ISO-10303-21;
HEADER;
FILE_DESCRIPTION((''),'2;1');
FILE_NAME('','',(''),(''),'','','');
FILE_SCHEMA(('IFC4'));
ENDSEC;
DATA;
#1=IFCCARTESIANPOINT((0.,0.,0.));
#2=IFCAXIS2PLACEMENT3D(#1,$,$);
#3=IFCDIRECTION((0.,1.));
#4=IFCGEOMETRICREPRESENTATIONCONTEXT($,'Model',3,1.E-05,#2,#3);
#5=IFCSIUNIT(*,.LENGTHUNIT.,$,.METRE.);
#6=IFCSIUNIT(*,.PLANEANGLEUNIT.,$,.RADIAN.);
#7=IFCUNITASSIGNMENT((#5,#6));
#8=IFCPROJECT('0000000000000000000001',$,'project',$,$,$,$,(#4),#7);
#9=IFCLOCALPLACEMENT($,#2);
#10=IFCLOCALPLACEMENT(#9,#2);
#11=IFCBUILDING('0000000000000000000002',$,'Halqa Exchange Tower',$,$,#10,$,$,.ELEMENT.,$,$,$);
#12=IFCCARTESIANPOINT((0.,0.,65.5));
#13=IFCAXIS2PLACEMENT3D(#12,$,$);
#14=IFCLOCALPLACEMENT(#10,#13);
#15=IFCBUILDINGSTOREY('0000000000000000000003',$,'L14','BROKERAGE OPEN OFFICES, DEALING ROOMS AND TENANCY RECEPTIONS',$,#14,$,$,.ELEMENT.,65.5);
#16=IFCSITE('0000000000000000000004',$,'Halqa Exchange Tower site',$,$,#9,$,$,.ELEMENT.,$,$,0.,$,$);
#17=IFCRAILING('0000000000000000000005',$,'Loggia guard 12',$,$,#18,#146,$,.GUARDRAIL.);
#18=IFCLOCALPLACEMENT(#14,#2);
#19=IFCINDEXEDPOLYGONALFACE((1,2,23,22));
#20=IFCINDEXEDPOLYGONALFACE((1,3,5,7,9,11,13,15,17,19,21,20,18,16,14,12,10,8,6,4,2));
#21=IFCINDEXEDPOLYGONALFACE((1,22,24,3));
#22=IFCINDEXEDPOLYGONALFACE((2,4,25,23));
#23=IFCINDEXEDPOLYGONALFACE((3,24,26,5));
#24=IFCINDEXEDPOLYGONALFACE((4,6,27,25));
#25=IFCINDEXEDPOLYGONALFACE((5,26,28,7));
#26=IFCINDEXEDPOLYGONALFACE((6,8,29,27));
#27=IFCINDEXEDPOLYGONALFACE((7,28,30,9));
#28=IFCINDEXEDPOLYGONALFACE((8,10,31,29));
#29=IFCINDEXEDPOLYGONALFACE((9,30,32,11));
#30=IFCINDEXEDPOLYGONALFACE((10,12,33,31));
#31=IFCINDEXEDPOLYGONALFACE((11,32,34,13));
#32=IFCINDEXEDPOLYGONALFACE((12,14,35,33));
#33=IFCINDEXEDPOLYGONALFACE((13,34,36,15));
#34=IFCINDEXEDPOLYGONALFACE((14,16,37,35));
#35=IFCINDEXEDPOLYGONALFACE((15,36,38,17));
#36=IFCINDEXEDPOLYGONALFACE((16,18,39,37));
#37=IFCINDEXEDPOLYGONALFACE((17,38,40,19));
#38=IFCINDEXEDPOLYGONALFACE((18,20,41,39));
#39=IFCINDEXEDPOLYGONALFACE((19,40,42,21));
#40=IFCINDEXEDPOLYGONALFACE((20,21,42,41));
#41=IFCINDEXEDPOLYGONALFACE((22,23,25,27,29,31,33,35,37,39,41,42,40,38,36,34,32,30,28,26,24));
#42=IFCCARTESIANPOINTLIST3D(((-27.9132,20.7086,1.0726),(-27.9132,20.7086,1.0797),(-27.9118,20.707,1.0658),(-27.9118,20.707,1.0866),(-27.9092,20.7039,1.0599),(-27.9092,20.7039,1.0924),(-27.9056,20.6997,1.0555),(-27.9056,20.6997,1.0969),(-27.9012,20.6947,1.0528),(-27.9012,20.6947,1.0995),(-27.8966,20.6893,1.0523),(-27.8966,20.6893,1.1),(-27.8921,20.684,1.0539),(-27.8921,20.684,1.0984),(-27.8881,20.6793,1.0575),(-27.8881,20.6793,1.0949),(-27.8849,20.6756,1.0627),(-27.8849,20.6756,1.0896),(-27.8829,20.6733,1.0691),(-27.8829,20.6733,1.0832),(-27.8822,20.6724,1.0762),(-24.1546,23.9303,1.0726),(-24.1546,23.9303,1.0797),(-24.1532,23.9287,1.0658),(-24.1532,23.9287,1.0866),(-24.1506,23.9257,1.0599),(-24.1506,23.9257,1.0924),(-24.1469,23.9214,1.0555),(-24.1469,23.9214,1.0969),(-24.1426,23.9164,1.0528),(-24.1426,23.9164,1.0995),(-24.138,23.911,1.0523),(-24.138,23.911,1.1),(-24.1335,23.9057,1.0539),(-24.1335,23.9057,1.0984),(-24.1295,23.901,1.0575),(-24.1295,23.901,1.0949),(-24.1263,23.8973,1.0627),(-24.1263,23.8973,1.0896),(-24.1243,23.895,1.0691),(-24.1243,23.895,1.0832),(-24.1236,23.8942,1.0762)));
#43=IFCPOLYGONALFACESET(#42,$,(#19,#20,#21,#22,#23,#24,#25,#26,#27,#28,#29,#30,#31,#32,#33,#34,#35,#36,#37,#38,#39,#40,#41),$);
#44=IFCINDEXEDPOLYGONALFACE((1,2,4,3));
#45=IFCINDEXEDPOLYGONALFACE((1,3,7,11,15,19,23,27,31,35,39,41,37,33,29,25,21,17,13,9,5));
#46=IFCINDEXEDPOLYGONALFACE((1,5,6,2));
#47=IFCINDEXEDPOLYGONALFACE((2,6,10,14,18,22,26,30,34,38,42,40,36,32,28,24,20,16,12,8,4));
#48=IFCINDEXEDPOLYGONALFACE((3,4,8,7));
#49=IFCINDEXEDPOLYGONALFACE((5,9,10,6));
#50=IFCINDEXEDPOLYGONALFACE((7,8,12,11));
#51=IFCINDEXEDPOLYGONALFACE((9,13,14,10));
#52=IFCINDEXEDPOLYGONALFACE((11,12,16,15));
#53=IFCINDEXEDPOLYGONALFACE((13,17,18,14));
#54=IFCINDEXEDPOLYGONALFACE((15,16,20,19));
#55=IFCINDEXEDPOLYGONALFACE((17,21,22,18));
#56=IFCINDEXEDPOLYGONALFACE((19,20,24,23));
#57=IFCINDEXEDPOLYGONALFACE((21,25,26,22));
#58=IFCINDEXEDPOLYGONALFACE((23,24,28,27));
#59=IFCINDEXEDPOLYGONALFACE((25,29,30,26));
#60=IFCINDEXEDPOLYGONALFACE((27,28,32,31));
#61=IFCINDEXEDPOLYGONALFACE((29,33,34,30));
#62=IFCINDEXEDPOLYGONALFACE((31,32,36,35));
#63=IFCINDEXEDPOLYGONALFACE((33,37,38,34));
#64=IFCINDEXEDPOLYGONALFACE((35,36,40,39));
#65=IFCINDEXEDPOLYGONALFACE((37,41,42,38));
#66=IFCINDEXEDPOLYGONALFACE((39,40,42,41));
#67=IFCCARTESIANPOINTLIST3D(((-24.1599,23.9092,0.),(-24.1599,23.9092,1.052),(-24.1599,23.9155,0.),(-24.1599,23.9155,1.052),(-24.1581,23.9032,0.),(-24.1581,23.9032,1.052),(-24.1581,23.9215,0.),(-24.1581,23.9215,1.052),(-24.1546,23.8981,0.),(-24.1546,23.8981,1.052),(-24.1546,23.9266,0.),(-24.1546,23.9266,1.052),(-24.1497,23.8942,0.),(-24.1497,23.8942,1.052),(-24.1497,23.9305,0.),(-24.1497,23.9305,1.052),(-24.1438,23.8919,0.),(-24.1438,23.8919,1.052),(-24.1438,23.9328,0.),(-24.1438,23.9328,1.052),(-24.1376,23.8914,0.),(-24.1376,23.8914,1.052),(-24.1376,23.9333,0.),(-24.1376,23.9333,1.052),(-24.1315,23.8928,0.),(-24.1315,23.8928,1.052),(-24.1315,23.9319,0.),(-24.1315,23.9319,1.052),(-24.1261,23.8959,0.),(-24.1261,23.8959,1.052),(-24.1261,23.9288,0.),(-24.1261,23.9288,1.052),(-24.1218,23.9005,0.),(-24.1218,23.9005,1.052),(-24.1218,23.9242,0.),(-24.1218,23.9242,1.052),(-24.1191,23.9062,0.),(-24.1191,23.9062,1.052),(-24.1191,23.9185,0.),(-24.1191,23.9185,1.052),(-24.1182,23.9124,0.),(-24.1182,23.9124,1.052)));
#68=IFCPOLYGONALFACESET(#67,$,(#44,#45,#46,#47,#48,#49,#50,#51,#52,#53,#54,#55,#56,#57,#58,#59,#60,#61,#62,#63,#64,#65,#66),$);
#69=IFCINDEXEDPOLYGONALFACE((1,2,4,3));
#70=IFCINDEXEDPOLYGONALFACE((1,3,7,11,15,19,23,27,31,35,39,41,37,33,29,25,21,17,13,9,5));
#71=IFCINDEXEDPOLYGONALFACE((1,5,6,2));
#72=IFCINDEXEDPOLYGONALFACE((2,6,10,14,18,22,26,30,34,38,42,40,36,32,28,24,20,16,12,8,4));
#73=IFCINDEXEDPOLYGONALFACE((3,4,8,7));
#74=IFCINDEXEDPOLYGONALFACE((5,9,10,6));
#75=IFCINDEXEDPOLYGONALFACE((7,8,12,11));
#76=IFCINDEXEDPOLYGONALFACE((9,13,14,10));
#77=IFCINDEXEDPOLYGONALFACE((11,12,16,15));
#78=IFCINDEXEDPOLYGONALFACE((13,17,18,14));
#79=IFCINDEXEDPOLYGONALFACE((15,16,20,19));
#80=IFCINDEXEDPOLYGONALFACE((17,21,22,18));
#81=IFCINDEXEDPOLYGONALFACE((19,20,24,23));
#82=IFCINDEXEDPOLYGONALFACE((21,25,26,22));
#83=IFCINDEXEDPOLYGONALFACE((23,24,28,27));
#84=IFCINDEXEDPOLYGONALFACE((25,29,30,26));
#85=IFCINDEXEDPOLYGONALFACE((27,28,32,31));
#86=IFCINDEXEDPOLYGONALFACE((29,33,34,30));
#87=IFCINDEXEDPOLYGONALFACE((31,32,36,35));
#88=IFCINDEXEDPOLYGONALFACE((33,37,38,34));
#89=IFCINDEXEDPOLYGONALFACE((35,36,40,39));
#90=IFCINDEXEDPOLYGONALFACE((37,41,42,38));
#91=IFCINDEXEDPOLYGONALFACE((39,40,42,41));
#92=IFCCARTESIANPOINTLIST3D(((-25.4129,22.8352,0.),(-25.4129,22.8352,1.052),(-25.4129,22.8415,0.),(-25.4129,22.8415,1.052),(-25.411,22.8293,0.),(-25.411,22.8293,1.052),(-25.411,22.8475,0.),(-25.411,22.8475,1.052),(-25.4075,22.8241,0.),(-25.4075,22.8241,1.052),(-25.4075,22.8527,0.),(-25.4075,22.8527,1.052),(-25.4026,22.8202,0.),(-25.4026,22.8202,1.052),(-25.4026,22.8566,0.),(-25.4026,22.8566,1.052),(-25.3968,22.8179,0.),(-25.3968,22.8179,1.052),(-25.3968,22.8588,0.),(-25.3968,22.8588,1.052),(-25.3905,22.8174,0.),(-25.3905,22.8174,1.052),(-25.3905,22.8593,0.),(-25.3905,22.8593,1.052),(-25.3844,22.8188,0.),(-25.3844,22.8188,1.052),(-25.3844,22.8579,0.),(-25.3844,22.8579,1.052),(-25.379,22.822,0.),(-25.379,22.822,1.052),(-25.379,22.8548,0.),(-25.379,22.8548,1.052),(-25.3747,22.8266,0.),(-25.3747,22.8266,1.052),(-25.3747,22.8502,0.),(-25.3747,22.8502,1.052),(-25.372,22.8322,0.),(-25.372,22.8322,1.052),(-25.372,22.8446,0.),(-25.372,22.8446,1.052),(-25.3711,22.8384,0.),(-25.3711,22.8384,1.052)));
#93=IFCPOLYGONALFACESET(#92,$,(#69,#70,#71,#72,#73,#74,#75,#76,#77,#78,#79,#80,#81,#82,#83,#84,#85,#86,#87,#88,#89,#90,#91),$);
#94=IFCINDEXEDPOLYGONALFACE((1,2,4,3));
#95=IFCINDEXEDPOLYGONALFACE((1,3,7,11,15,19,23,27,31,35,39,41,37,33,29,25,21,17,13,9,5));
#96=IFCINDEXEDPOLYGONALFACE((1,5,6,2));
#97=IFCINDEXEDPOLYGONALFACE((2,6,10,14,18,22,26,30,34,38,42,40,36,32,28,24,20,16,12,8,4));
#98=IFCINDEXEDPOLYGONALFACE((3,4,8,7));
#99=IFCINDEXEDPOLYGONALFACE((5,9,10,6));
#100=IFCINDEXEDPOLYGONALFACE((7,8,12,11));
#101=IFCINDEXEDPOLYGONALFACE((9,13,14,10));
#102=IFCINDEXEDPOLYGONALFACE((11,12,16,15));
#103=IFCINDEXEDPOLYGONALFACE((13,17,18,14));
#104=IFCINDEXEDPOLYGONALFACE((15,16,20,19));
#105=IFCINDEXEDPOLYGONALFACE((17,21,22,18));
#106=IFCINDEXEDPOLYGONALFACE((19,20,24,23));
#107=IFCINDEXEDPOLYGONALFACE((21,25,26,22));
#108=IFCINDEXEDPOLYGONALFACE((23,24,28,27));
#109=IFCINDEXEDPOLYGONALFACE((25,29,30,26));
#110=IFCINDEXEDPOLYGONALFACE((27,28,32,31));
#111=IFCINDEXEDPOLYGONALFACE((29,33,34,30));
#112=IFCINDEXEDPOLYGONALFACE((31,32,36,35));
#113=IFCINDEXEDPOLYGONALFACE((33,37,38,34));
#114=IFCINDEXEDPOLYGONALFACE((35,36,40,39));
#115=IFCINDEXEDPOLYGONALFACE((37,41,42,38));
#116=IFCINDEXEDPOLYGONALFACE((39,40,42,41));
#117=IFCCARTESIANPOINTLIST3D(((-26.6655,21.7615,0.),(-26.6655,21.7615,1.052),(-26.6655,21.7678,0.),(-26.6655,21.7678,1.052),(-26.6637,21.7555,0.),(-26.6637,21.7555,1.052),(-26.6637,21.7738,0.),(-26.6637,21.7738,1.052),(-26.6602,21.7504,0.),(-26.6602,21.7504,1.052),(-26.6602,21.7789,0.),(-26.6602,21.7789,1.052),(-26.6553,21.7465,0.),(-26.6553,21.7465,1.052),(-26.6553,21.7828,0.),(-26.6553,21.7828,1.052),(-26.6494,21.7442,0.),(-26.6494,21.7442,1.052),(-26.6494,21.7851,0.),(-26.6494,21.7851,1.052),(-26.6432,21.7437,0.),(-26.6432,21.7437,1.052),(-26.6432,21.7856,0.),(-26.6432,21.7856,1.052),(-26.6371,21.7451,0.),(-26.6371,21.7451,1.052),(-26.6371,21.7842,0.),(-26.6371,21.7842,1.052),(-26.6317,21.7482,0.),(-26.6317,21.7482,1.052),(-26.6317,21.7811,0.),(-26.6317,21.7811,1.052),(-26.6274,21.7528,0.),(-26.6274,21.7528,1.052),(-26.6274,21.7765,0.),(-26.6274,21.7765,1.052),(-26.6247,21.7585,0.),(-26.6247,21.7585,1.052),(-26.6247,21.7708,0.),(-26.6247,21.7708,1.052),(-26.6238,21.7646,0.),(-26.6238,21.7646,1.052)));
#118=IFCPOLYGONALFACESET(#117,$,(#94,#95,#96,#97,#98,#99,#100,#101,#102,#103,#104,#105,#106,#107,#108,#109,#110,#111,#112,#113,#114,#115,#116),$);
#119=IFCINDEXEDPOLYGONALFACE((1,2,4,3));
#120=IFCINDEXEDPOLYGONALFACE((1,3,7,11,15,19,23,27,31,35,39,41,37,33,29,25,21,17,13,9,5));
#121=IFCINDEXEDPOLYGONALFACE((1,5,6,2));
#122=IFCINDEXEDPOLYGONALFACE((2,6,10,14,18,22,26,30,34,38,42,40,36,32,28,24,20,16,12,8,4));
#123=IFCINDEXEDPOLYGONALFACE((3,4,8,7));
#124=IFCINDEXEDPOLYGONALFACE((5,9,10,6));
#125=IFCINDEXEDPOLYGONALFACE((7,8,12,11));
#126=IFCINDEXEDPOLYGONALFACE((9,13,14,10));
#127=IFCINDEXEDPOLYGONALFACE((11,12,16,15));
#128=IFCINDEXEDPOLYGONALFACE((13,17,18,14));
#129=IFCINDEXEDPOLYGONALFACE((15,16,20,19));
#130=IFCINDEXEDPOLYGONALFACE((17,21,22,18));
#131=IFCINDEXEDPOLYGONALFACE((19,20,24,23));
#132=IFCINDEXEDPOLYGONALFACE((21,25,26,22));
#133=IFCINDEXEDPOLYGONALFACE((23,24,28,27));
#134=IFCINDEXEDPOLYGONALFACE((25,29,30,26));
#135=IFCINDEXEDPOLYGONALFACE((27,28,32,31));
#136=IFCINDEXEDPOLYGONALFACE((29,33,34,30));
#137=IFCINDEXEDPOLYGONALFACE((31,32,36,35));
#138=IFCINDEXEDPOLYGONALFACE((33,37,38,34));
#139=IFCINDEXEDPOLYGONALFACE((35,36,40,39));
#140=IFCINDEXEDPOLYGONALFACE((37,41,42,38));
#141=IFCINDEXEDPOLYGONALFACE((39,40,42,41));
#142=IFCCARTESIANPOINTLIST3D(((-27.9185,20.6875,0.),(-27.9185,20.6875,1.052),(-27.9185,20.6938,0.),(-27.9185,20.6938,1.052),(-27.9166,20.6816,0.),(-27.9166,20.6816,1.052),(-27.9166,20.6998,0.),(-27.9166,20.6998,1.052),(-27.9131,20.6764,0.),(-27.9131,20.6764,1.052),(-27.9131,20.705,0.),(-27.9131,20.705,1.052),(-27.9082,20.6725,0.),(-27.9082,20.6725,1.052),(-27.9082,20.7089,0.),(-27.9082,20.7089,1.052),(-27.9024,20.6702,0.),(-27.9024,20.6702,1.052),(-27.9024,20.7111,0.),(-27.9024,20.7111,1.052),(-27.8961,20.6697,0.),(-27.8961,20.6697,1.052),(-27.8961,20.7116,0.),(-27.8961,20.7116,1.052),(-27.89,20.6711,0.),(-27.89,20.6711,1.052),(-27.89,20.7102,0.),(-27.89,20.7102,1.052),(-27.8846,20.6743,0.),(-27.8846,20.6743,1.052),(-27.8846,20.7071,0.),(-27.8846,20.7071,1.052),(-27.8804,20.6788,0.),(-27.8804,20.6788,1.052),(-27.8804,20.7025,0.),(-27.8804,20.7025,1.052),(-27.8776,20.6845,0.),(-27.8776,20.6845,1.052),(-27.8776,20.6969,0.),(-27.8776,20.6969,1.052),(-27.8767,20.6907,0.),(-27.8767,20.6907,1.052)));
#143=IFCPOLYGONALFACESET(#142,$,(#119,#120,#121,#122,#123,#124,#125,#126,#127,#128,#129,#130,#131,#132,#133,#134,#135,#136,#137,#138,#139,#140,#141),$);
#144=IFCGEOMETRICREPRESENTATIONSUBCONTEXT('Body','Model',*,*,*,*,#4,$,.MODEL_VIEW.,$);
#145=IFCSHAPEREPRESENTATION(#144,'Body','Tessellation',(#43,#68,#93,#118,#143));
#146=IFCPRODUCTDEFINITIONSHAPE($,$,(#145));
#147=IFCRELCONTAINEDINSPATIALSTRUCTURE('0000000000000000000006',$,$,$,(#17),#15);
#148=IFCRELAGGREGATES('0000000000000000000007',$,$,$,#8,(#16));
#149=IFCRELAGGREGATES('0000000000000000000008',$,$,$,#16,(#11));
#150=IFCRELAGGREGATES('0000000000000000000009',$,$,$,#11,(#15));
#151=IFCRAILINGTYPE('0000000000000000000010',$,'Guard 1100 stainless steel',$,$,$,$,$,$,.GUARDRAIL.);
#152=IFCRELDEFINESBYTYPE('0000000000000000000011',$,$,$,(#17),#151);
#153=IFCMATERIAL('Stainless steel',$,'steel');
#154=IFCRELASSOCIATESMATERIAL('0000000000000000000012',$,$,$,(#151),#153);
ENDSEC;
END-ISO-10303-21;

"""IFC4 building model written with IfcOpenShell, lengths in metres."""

from ifc_helpers import new_model, si_unit, direction, frame, origin, origin_2d, place, context, subcontext, project, spatial, circle, extrude, material, type_object, element, save


model = new_model("IFC4")

# Units and contexts
model_context = context("Model", 3, precision=1e-05, world=origin(), true_north=direction((0.0, 1.0)))
body_context = subcontext(model_context, "Body", "Model", "MODEL_VIEW")
ifc_project = project(units=[si_unit("LENGTHUNIT", "METRE"), si_unit("PLANEANGLEUNIT", "RADIAN")], contexts=[model_context])

# Site, building, storey
site_placement = place(None, origin())
site = spatial("IfcSite", under=ifc_project, at=site_placement, Name="Halqa Exchange Tower site", CompositionType="ELEMENT", RefElevation=0.0)
building_placement = place(site_placement, origin())
building = spatial("IfcBuilding", under=site, at=building_placement, Name="Halqa Exchange Tower", CompositionType="ELEMENT")
storey_placement = place(building_placement, frame((0.0, 0.0, 65.5)))
storey = spatial("IfcBuildingStorey", under=building, at=storey_placement, Name="L14", Description="BROKERAGE OPEN OFFICES, DEALING ROOMS AND TENANCY RECEPTIONS", CompositionType="ELEMENT", Elevation=65.5)

# Railing
ifc_material_1 = material(Name="Stainless steel", Category="steel")
railing_type = type_object("IfcRailingType", Name="Guard 1100 stainless steel", PredefinedType="GUARDRAIL", material=ifc_material_1)
railing_1_placement = place(storey_placement, frame((-24.1392, 23.9124, 0.0)))
element("IfcRailing", 1, at=railing_1_placement, inside=storey, type_object=railing_type, Name="Loggia guard 12", PredefinedType="GUARDRAIL", context=body_context, shape_type="SweptSolid", body=[
    extrude(circle(Radius=0.0239, at=origin_2d()), frame((0.0, 0.0, 1.0762), z_axis=(-0.75925, -0.650799, 0.0), x_axis=(0.650799, -0.75925, 0.0)), (0.0, 0.0, 1.0), 4.9504),
    extrude(circle(Radius=0.021, at=origin_2d()), origin(), (0.0, 0.0, 1.0), 1.052),
    extrude(circle(Radius=0.021, at=origin_2d()), frame((-1.2529, -1.074, 0.0)), (0.0, 0.0, 1.0), 1.052),
    extrude(circle(Radius=0.021, at=origin_2d()), frame((-2.5056, -2.1477, 0.0)), (0.0, 0.0, 1.0), 1.052),
    extrude(circle(Radius=0.021, at=origin_2d()), frame((-3.7585, -3.2217, 0.0)), (0.0, 0.0, 1.0), 1.052),
])

save(model, "model.ifc")
